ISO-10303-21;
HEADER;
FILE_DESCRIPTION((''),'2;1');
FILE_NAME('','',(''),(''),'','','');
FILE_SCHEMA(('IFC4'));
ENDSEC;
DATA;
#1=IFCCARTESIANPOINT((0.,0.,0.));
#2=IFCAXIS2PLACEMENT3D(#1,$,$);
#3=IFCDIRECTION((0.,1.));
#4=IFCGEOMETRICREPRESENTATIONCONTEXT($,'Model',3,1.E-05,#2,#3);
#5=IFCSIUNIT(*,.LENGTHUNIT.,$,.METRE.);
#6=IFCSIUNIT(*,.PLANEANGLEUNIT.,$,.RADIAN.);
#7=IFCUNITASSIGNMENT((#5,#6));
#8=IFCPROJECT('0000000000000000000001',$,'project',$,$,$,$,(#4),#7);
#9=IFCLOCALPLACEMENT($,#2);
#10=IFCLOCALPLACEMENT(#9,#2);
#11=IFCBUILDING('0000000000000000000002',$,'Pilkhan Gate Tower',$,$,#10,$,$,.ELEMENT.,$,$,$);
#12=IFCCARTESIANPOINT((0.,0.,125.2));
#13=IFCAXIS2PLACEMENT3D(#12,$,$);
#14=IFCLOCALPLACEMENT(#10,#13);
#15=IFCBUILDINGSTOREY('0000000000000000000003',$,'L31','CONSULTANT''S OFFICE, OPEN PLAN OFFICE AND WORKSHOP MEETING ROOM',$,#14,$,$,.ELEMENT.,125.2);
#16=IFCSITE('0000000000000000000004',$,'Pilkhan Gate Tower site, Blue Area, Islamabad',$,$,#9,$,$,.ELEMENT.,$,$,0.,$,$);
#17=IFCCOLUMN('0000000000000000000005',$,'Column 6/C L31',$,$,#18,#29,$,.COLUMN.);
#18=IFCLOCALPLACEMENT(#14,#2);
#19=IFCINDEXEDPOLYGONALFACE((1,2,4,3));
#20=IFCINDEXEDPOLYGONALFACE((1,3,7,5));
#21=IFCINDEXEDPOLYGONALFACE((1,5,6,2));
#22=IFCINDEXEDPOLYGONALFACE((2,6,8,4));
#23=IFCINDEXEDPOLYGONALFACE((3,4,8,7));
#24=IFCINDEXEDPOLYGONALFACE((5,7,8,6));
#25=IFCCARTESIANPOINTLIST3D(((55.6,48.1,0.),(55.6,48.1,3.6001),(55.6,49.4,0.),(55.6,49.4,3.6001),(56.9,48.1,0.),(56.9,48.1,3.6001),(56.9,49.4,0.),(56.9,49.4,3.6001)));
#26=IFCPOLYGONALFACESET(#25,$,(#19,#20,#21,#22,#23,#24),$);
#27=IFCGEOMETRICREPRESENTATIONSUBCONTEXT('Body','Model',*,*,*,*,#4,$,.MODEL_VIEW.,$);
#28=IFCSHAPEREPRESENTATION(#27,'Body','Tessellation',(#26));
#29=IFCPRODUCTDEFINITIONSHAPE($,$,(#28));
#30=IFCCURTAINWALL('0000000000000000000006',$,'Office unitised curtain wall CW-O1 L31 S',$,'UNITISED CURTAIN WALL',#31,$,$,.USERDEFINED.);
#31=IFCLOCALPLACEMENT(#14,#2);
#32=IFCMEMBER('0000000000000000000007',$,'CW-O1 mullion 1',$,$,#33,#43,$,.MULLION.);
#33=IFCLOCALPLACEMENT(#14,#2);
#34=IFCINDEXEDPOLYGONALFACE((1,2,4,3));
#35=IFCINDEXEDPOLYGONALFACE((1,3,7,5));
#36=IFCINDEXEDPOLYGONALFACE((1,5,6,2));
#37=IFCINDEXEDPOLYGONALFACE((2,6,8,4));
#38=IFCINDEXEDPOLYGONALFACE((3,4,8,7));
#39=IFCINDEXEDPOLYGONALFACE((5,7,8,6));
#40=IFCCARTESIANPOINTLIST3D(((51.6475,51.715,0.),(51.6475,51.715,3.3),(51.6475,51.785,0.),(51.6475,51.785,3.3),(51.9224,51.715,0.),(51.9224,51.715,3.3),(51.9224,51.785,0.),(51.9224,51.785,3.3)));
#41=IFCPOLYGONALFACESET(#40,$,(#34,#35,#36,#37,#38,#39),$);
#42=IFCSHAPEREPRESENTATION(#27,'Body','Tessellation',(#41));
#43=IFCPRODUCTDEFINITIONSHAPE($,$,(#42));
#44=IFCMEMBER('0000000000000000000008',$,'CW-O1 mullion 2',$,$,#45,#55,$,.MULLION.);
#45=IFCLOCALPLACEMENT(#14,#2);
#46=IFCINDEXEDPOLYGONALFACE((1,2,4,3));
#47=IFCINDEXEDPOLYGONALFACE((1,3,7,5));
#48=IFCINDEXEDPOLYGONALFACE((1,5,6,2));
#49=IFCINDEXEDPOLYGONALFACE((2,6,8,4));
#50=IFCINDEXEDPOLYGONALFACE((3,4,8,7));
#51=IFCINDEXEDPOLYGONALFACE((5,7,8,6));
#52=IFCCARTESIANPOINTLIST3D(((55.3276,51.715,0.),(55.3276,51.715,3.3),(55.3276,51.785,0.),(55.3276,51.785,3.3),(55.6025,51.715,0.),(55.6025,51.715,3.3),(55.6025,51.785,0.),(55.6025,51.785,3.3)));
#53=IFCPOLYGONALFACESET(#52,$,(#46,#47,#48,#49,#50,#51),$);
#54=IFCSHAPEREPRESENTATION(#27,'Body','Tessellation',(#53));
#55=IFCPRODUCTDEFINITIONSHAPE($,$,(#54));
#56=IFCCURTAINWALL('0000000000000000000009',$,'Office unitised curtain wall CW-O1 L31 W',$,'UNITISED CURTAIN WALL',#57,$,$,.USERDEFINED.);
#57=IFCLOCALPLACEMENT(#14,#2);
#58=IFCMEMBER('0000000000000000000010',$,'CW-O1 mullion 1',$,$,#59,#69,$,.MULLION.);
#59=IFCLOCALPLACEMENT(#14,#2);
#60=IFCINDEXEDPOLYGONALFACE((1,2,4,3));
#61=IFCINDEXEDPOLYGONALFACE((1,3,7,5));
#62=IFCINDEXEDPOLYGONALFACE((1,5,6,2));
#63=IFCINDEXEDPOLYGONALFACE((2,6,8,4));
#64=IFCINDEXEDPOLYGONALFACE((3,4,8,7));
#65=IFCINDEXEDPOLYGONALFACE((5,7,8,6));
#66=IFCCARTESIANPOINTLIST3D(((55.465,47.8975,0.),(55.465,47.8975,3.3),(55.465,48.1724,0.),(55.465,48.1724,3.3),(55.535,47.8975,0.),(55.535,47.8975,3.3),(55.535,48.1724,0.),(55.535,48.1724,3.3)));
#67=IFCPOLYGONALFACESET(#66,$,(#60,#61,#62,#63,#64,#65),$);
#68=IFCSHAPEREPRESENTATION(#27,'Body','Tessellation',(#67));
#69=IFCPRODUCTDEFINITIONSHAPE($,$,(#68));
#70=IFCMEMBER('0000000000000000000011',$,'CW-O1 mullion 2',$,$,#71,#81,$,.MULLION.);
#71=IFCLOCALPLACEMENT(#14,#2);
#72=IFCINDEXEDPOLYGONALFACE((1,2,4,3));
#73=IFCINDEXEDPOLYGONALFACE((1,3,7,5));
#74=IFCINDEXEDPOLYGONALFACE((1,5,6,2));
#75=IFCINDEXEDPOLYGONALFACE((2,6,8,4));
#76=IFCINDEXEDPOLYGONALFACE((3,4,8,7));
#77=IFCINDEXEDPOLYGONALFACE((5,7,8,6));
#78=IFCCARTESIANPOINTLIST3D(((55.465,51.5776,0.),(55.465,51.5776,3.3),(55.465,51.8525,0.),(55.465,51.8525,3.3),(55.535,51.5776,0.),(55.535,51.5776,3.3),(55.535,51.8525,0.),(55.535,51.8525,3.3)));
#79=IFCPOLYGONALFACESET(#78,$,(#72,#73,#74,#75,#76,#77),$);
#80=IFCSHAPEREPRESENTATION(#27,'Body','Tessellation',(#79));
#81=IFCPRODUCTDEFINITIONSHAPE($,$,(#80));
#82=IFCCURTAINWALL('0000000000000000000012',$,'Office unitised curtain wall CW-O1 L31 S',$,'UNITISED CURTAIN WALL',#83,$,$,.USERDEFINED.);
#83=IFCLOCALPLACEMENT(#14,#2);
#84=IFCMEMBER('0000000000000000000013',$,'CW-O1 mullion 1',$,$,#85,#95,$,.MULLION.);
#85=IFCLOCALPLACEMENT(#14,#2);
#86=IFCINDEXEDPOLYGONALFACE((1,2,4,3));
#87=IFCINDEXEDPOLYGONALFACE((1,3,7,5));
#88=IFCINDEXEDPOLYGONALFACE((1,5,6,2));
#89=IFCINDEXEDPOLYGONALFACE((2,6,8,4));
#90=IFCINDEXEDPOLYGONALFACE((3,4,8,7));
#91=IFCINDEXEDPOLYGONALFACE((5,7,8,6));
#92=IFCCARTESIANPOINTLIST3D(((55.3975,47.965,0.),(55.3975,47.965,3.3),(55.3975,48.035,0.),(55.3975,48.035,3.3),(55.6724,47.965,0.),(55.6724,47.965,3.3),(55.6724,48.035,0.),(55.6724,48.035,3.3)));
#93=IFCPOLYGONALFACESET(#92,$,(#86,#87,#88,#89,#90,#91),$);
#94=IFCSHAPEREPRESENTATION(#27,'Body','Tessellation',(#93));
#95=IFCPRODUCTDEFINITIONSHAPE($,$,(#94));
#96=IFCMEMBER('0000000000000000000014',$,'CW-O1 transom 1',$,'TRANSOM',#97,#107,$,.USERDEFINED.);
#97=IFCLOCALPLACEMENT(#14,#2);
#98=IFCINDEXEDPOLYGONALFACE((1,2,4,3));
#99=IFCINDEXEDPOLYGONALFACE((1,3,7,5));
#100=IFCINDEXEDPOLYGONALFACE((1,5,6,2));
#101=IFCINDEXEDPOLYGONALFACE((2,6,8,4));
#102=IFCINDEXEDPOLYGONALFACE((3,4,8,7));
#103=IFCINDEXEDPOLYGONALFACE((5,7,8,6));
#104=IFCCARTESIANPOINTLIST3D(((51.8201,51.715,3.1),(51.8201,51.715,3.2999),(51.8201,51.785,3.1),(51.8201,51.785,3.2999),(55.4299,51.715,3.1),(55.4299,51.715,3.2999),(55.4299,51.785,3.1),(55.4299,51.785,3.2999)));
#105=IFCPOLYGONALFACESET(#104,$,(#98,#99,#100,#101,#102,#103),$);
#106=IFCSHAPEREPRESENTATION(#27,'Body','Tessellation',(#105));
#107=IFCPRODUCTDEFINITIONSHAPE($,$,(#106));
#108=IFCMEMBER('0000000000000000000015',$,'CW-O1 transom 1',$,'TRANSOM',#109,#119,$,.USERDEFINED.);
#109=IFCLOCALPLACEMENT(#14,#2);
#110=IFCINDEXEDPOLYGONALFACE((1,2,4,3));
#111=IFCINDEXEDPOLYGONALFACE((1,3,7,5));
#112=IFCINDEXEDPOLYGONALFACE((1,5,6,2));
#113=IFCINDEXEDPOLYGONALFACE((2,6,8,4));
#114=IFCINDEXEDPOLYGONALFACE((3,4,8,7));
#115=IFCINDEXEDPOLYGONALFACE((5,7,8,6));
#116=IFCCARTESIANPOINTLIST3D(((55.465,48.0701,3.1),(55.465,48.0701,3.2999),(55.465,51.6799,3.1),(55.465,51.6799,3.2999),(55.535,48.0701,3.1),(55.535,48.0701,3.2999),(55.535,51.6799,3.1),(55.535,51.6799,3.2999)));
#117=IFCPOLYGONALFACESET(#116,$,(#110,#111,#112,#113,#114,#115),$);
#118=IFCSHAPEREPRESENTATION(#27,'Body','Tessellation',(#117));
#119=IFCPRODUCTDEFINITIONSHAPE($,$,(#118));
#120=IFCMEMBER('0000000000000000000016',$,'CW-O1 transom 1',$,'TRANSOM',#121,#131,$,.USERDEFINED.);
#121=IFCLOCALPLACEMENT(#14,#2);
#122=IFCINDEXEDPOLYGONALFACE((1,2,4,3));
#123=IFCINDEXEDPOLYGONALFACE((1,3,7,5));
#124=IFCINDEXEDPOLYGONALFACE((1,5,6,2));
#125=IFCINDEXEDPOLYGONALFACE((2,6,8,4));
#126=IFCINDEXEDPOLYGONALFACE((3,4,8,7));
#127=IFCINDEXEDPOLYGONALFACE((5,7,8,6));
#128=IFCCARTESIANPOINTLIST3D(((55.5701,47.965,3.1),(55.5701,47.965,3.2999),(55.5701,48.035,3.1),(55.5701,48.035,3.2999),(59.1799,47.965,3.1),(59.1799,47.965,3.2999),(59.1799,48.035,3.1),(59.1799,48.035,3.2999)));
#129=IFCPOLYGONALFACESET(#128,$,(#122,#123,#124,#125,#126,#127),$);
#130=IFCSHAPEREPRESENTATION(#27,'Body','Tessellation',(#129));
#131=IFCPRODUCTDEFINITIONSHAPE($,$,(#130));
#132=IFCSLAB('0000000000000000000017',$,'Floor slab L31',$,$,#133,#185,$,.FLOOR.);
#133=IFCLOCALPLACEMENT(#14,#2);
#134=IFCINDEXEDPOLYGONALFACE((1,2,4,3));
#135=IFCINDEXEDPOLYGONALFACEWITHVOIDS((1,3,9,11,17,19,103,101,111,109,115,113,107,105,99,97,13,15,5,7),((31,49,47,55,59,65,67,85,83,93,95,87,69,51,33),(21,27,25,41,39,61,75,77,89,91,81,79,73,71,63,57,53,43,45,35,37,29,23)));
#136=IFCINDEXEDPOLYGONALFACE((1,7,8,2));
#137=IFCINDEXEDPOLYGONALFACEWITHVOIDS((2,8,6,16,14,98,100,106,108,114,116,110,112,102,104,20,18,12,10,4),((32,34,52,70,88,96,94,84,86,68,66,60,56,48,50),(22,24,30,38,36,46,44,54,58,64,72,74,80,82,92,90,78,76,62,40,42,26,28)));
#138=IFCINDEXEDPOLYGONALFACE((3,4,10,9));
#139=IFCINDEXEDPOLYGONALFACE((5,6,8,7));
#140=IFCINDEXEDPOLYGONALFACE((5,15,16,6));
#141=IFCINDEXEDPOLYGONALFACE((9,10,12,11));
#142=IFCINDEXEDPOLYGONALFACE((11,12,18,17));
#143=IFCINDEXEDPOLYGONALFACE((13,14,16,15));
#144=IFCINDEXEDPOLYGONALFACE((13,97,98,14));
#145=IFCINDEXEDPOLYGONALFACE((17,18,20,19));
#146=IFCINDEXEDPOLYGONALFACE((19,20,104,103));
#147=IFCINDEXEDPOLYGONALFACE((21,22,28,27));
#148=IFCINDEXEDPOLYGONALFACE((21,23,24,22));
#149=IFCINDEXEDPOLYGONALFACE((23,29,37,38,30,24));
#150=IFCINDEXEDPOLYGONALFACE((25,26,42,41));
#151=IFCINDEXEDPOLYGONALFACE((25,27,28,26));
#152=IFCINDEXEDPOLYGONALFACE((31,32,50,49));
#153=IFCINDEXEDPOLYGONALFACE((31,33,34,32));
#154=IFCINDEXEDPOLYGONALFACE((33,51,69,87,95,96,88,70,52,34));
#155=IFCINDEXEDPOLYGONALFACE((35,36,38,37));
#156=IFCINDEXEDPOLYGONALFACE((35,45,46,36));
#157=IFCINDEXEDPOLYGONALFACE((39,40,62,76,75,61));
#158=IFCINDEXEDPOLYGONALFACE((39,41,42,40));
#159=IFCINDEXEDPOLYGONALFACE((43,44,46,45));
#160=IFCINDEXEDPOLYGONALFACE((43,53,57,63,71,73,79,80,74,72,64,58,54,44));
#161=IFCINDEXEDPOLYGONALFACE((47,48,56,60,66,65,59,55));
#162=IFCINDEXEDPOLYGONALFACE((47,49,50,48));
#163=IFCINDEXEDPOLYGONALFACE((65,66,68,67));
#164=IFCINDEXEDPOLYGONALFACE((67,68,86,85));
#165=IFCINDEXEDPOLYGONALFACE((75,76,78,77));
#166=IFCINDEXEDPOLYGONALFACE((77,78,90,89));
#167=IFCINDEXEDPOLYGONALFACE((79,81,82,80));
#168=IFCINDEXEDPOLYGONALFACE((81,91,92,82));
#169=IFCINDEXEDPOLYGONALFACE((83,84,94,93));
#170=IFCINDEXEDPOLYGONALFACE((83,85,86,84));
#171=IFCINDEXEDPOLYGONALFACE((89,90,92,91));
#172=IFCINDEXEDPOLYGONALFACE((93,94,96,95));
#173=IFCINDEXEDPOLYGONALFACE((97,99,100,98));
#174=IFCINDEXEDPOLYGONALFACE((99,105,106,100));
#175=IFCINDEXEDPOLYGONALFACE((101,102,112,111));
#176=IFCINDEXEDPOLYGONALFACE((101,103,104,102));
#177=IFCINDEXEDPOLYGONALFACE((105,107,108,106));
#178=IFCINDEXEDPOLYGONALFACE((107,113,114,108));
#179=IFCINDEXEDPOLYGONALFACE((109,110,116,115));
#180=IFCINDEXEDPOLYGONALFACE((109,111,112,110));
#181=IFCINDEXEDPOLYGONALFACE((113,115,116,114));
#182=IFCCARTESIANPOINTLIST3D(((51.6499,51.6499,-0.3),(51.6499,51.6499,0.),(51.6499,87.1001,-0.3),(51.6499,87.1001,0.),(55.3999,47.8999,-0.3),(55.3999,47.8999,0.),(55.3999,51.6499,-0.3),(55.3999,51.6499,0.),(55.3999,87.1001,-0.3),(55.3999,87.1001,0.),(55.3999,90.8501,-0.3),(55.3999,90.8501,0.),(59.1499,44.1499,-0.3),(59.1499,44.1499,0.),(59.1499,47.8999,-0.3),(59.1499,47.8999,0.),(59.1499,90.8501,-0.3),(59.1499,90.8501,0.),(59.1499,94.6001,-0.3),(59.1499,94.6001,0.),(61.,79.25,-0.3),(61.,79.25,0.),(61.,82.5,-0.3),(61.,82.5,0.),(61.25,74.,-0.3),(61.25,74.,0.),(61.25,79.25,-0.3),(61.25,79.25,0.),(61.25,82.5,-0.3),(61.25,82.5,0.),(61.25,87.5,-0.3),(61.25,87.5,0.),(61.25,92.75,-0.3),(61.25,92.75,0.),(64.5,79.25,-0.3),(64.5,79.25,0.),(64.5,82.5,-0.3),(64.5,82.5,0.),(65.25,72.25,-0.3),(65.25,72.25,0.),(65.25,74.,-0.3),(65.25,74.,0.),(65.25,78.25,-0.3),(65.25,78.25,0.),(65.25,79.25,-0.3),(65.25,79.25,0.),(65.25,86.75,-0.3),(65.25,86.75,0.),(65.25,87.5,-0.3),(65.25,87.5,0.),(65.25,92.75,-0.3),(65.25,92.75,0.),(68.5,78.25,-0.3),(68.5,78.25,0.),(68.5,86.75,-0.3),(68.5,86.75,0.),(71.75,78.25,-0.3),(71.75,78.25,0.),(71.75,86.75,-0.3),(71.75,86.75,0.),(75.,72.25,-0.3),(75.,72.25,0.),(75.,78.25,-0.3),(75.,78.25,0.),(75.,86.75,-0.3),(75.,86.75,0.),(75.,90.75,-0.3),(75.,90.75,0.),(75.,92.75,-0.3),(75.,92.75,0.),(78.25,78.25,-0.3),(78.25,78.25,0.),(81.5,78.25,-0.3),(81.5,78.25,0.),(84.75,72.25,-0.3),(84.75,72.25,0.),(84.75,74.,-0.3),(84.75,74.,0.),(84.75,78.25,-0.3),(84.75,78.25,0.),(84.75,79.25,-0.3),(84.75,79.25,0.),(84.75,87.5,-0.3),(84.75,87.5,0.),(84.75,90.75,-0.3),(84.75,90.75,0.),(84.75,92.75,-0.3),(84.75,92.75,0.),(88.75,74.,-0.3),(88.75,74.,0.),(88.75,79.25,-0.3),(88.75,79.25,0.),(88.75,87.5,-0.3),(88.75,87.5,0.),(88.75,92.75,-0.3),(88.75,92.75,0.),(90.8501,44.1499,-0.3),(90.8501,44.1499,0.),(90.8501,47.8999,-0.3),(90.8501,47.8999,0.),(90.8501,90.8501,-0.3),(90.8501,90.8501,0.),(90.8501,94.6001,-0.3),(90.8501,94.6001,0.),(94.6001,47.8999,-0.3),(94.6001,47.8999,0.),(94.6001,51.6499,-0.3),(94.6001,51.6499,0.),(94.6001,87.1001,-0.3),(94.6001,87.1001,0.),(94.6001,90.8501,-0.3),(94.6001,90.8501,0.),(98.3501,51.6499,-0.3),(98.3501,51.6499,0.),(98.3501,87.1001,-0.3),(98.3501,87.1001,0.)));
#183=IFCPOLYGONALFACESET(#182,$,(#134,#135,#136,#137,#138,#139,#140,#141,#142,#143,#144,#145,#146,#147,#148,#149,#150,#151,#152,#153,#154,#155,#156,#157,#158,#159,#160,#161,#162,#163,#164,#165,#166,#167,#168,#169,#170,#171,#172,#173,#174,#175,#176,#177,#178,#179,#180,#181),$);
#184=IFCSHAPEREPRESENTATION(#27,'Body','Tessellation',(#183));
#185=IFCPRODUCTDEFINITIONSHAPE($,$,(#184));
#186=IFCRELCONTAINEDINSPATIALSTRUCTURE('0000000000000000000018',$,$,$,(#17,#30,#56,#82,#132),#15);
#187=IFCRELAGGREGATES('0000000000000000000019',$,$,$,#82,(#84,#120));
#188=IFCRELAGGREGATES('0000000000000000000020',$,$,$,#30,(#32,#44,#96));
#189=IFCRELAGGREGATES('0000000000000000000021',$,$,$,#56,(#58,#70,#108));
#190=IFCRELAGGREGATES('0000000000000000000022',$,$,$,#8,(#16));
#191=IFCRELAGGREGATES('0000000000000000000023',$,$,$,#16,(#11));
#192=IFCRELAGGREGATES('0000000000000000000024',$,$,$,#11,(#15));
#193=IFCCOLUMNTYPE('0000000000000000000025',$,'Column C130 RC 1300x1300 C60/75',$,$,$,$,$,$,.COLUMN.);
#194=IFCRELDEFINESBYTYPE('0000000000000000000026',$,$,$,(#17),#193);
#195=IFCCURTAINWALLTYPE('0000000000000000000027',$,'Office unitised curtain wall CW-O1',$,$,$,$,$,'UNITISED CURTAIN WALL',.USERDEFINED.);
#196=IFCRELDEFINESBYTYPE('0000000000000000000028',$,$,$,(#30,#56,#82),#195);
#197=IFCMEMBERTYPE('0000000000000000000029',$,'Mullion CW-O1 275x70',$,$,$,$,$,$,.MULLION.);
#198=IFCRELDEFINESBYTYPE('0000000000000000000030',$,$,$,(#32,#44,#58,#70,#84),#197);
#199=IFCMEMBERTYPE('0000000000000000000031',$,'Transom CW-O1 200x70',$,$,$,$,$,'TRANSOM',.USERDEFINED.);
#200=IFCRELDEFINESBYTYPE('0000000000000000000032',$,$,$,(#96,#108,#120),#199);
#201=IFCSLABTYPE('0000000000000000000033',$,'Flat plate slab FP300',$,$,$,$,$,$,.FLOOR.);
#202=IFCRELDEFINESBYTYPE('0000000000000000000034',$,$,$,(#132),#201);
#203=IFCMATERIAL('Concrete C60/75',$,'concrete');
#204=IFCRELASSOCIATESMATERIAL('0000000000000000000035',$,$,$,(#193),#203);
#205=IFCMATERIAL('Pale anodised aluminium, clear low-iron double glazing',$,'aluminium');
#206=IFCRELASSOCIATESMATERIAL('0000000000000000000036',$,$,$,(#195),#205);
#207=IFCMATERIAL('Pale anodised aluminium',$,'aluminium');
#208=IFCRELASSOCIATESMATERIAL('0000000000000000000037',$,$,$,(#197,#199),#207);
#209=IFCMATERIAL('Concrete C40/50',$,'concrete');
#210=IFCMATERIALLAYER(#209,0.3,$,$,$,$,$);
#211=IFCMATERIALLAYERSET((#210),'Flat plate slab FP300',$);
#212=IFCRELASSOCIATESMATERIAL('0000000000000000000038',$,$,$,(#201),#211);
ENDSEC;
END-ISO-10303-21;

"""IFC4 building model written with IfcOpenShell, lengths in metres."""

from ifc_helpers import new_model, si_unit, direction, frame, origin, origin_2d, place, context, subcontext, project, spatial, polyline, rectangle, outline, extrude, material, layer, layer_set, material_profile, profile_set, type_object, element, aggregate, save


model = new_model("IFC4")

# Units and contexts
model_context = context("Model", 3, precision=1e-05, world=origin(), true_north=direction((0.0, 1.0)))
body_context = subcontext(model_context, "Body", "Model", "MODEL_VIEW")
ifc_project = project(units=[si_unit("LENGTHUNIT", "METRE"), si_unit("PLANEANGLEUNIT", "RADIAN")], contexts=[model_context])

# Site, building, storey
site_placement = place(None, origin())
site = spatial("IfcSite", under=ifc_project, at=site_placement, Name="Pilkhan Gate Tower site, Blue Area, Islamabad", CompositionType="ELEMENT", RefElevation=0.0)
building_placement = place(site_placement, origin())
building = spatial("IfcBuilding", under=site, at=building_placement, Name="Pilkhan Gate Tower", CompositionType="ELEMENT")
storey_placement = place(building_placement, frame((0.0, 0.0, 125.2)))
storey = spatial("IfcBuildingStorey", under=building, at=storey_placement, Name="L31", Description="CONSULTANT'S OFFICE, OPEN PLAN OFFICE AND WORKSHOP MEETING ROOM", CompositionType="ELEMENT", Elevation=125.2)

# Column
ifc_material_1 = material(Name="Concrete C60/75", Category="concrete")
ifc_material_profile_1 = material_profile(ifc_material_1, rectangle(XDim=1.3, YDim=1.3, at=origin_2d()), Name="RC 1300x1300")
ifc_profile_set_1 = profile_set([ifc_material_profile_1], Name="Concrete C60/75")
column_type = type_object("IfcColumnType", Name="Column C130 RC 1300x1300 C60/75", PredefinedType="COLUMN", material=ifc_profile_set_1)
column_placement = place(storey_placement, frame((56.25, 48.75, 0.0), z_axis=(0.0, 0.0, 1.0), x_axis=(1.0, 0.0, 0.0)))
element("IfcColumn", 1, at=column_placement, inside=storey, type_object=column_type, Name="Column 6/C L31", PredefinedType="COLUMN", context=body_context, shape_type="SweptSolid", body=[
    extrude(rectangle(XDim=1.3, YDim=1.3, at=origin_2d()), origin(), (0.0, 0.0, 1.0), 3.6001),
])

# Curtain walls, members
ifc_material_2 = material(Name="Pale anodised aluminium, clear low-iron double glazing", Category="aluminium")
curtain_wall_type = type_object("IfcCurtainWallType", Name="Office unitised curtain wall CW-O1", ElementType="UNITISED CURTAIN WALL", PredefinedType="USERDEFINED", material=ifc_material_2)
curtain_wall_1_placement = place(storey_placement, origin())
curtain_wall_1 = element("IfcCurtainWall", 2, at=curtain_wall_1_placement, inside=storey, type_object=curtain_wall_type, Name="Office unitised curtain wall CW-O1 L31 S", ObjectType="UNITISED CURTAIN WALL", PredefinedType="USERDEFINED")
ifc_material_3 = material(Name="Pale anodised aluminium", Category="aluminium")
ifc_material_profile_2 = material_profile(ifc_material_3, rectangle(XDim=0.0701, YDim=0.2749, at=origin_2d()), Name="Mullion 275x70")
ifc_profile_set_2 = profile_set([ifc_material_profile_2], Name="Pale anodised aluminium")
member_type_1 = type_object("IfcMemberType", Name="Mullion CW-O1 275x70", PredefinedType="MULLION", material=ifc_profile_set_2)
member_1_placement = place(storey_placement, frame((51.7849, 51.75, 0.0), z_axis=(0.0, 0.0, 1.0), x_axis=(0.0, 1.0, 0.0)))
member_1 = element("IfcMember", 3, at=member_1_placement, type_object=member_type_1, Name="CW-O1 mullion 1", PredefinedType="MULLION", context=body_context, shape_type="SweptSolid", body=[
    extrude(rectangle(XDim=0.0701, YDim=0.2749, at=origin_2d()), origin(), (0.0, 0.0, 1.0), 3.3),
])
member_2_placement = place(storey_placement, frame((55.4651, 51.75, 0.0), z_axis=(0.0, 0.0, 1.0), x_axis=(0.0, 1.0, 0.0)))
member_2 = element("IfcMember", 4, at=member_2_placement, type_object=member_type_1, Name="CW-O1 mullion 2", PredefinedType="MULLION", context=body_context, shape_type="SweptSolid", body=[
    extrude(rectangle(XDim=0.0701, YDim=0.2749, at=origin_2d()), origin(), (0.0, 0.0, 1.0), 3.3),
])
curtain_wall_2_placement = place(storey_placement, origin())
curtain_wall_2 = element("IfcCurtainWall", 5, at=curtain_wall_2_placement, inside=storey, type_object=curtain_wall_type, Name="Office unitised curtain wall CW-O1 L31 W", ObjectType="UNITISED CURTAIN WALL", PredefinedType="USERDEFINED")
member_3_placement = place(storey_placement, frame((55.5, 48.0349, 0.0), z_axis=(0.0, 0.0, 1.0), x_axis=(-1.0, 0.0, 0.0)))
member_3 = element("IfcMember", 6, at=member_3_placement, type_object=member_type_1, Name="CW-O1 mullion 1", PredefinedType="MULLION", context=body_context, shape_type="SweptSolid", body=[
    extrude(rectangle(XDim=0.0701, YDim=0.2749, at=origin_2d()), origin(), (0.0, 0.0, 1.0), 3.3),
])
member_4_placement = place(storey_placement, frame((55.5, 51.7151, 0.0), z_axis=(0.0, 0.0, 1.0), x_axis=(-1.0, 0.0, 0.0)))
member_4 = element("IfcMember", 7, at=member_4_placement, type_object=member_type_1, Name="CW-O1 mullion 2", PredefinedType="MULLION", context=body_context, shape_type="SweptSolid", body=[
    extrude(rectangle(XDim=0.0701, YDim=0.2749, at=origin_2d()), origin(), (0.0, 0.0, 1.0), 3.3),
])

# Curtain wall, member
curtain_wall_3_placement = place(storey_placement, origin())
curtain_wall_3 = element("IfcCurtainWall", 8, at=curtain_wall_3_placement, inside=storey, type_object=curtain_wall_type, Name="Office unitised curtain wall CW-O1 L31 S", ObjectType="UNITISED CURTAIN WALL", PredefinedType="USERDEFINED")
member_5_placement = place(storey_placement, frame((55.5349, 48.0, 0.0), z_axis=(0.0, 0.0, 1.0), x_axis=(0.0, 1.0, 0.0)))
member_5 = element("IfcMember", 9, at=member_5_placement, type_object=member_type_1, Name="CW-O1 mullion 1", PredefinedType="MULLION", context=body_context, shape_type="SweptSolid", body=[
    extrude(rectangle(XDim=0.0701, YDim=0.2749, at=origin_2d()), origin(), (0.0, 0.0, 1.0), 3.3),
])

# Members
ifc_material_profile_3 = material_profile(ifc_material_3, rectangle(XDim=0.0701, YDim=0.2, at=origin_2d()), Name="Transom 200x70")
ifc_profile_set_3 = profile_set([ifc_material_profile_3], Name="Pale anodised aluminium")
member_type_2 = type_object("IfcMemberType", Name="Transom CW-O1 200x70", ElementType="TRANSOM", PredefinedType="USERDEFINED", material=ifc_profile_set_3)
member_6_placement = place(storey_placement, frame((51.8201, 51.75, 3.2), z_axis=(1.0, 0.0, 0.0), x_axis=(0.0, 1.0, 0.0)))
member_6 = element("IfcMember", 10, at=member_6_placement, type_object=member_type_2, Name="CW-O1 transom 1", ObjectType="TRANSOM", PredefinedType="USERDEFINED", context=body_context, shape_type="SweptSolid", body=[
    extrude(rectangle(XDim=0.0701, YDim=0.2, at=origin_2d()), origin(), (0.0, 0.0, 1.0), 3.6099),
])
member_7_placement = place(storey_placement, frame((55.5, 48.0701, 3.2), z_axis=(0.0, 1.0, 0.0), x_axis=(-1.0, 0.0, 0.0)))
member_7 = element("IfcMember", 11, at=member_7_placement, type_object=member_type_2, Name="CW-O1 transom 1", ObjectType="TRANSOM", PredefinedType="USERDEFINED", context=body_context, shape_type="SweptSolid", body=[
    extrude(rectangle(XDim=0.0701, YDim=0.2, at=origin_2d()), origin(), (0.0, 0.0, 1.0), 3.6099),
])
member_8_placement = place(storey_placement, frame((55.5701, 48.0, 3.2), z_axis=(1.0, 0.0, 0.0), x_axis=(0.0, 1.0, 0.0)))
member_8 = element("IfcMember", 12, at=member_8_placement, type_object=member_type_2, Name="CW-O1 transom 1", ObjectType="TRANSOM", PredefinedType="USERDEFINED", context=body_context, shape_type="SweptSolid", body=[
    extrude(rectangle(XDim=0.0701, YDim=0.2, at=origin_2d()), origin(), (0.0, 0.0, 1.0), 3.6099),
])
aggregate(curtain_wall_3, [member_5, member_8])

# Slab
ifc_material_4 = material(Name="Concrete C40/50", Category="concrete")
ifc_layer_1 = layer(ifc_material_4, 0.3)
ifc_layer_set_1 = layer_set([ifc_layer_1], Name="Flat plate slab FP300")
slab_type_1 = type_object("IfcSlabType", Name="Flat plate slab FP300", PredefinedType="FLOOR", material=ifc_layer_set_1)
slab_1_placement = place(storey_placement, frame((0.0, 0.0, -0.3)))
element("IfcSlab", 13, at=slab_1_placement, inside=storey, type_object=slab_type_1, Name="Floor slab L31", PredefinedType="FLOOR", context=body_context, shape_type="SweptSolid", body=[
    extrude(outline(polyline([(94.6001, 47.8999), (90.8501, 47.8999), (90.8501, 44.1499), (59.1499, 44.1499), (59.1499, 47.8999), (55.3999, 47.8999), (55.3999, 51.6499), (51.6499, 51.6499), (51.6499, 87.1001), (55.3999, 87.1001), (55.3999, 90.8501), (59.1499, 90.8501), (59.1499, 94.6001), (90.8501, 94.6001), (90.8501, 90.8501), (94.6001, 90.8501), (94.6001, 87.1001), (98.3501, 87.1001), (98.3501, 51.6499), (94.6001, 51.6499), (94.6001, 47.8999)]), holes=[polyline([(65.25, 87.5), (65.25, 86.75), (68.5, 86.75), (71.75, 86.75), (75.0, 86.75), (75.0, 90.75), (84.75, 90.75), (84.75, 87.5), (88.75, 87.5), (88.75, 92.75), (84.75, 92.75), (75.0, 92.75), (65.25, 92.75), (61.25, 92.75), (61.25, 87.5), (65.25, 87.5)]), polyline([(75.0, 72.25), (84.75, 72.25), (84.75, 74.0), (88.75, 74.0), (88.75, 79.25), (84.75, 79.25), (84.75, 78.25), (81.5, 78.25), (78.25, 78.25), (75.0, 78.25), (71.75, 78.25), (68.5, 78.25), (65.25, 78.25), (65.25, 79.25), (64.5, 79.25), (64.5, 82.5), (61.25, 82.5), (61.0, 82.5), (61.0, 79.25), (61.25, 79.25), (61.25, 74.0), (65.25, 74.0), (65.25, 72.25), (75.0, 72.25)])]), origin(), (0.0, 0.0, 1.0), 0.3),
])

aggregate(curtain_wall_1, [member_1, member_2, member_6])
aggregate(curtain_wall_2, [member_3, member_4, member_7])

save(model, "model.ifc")
